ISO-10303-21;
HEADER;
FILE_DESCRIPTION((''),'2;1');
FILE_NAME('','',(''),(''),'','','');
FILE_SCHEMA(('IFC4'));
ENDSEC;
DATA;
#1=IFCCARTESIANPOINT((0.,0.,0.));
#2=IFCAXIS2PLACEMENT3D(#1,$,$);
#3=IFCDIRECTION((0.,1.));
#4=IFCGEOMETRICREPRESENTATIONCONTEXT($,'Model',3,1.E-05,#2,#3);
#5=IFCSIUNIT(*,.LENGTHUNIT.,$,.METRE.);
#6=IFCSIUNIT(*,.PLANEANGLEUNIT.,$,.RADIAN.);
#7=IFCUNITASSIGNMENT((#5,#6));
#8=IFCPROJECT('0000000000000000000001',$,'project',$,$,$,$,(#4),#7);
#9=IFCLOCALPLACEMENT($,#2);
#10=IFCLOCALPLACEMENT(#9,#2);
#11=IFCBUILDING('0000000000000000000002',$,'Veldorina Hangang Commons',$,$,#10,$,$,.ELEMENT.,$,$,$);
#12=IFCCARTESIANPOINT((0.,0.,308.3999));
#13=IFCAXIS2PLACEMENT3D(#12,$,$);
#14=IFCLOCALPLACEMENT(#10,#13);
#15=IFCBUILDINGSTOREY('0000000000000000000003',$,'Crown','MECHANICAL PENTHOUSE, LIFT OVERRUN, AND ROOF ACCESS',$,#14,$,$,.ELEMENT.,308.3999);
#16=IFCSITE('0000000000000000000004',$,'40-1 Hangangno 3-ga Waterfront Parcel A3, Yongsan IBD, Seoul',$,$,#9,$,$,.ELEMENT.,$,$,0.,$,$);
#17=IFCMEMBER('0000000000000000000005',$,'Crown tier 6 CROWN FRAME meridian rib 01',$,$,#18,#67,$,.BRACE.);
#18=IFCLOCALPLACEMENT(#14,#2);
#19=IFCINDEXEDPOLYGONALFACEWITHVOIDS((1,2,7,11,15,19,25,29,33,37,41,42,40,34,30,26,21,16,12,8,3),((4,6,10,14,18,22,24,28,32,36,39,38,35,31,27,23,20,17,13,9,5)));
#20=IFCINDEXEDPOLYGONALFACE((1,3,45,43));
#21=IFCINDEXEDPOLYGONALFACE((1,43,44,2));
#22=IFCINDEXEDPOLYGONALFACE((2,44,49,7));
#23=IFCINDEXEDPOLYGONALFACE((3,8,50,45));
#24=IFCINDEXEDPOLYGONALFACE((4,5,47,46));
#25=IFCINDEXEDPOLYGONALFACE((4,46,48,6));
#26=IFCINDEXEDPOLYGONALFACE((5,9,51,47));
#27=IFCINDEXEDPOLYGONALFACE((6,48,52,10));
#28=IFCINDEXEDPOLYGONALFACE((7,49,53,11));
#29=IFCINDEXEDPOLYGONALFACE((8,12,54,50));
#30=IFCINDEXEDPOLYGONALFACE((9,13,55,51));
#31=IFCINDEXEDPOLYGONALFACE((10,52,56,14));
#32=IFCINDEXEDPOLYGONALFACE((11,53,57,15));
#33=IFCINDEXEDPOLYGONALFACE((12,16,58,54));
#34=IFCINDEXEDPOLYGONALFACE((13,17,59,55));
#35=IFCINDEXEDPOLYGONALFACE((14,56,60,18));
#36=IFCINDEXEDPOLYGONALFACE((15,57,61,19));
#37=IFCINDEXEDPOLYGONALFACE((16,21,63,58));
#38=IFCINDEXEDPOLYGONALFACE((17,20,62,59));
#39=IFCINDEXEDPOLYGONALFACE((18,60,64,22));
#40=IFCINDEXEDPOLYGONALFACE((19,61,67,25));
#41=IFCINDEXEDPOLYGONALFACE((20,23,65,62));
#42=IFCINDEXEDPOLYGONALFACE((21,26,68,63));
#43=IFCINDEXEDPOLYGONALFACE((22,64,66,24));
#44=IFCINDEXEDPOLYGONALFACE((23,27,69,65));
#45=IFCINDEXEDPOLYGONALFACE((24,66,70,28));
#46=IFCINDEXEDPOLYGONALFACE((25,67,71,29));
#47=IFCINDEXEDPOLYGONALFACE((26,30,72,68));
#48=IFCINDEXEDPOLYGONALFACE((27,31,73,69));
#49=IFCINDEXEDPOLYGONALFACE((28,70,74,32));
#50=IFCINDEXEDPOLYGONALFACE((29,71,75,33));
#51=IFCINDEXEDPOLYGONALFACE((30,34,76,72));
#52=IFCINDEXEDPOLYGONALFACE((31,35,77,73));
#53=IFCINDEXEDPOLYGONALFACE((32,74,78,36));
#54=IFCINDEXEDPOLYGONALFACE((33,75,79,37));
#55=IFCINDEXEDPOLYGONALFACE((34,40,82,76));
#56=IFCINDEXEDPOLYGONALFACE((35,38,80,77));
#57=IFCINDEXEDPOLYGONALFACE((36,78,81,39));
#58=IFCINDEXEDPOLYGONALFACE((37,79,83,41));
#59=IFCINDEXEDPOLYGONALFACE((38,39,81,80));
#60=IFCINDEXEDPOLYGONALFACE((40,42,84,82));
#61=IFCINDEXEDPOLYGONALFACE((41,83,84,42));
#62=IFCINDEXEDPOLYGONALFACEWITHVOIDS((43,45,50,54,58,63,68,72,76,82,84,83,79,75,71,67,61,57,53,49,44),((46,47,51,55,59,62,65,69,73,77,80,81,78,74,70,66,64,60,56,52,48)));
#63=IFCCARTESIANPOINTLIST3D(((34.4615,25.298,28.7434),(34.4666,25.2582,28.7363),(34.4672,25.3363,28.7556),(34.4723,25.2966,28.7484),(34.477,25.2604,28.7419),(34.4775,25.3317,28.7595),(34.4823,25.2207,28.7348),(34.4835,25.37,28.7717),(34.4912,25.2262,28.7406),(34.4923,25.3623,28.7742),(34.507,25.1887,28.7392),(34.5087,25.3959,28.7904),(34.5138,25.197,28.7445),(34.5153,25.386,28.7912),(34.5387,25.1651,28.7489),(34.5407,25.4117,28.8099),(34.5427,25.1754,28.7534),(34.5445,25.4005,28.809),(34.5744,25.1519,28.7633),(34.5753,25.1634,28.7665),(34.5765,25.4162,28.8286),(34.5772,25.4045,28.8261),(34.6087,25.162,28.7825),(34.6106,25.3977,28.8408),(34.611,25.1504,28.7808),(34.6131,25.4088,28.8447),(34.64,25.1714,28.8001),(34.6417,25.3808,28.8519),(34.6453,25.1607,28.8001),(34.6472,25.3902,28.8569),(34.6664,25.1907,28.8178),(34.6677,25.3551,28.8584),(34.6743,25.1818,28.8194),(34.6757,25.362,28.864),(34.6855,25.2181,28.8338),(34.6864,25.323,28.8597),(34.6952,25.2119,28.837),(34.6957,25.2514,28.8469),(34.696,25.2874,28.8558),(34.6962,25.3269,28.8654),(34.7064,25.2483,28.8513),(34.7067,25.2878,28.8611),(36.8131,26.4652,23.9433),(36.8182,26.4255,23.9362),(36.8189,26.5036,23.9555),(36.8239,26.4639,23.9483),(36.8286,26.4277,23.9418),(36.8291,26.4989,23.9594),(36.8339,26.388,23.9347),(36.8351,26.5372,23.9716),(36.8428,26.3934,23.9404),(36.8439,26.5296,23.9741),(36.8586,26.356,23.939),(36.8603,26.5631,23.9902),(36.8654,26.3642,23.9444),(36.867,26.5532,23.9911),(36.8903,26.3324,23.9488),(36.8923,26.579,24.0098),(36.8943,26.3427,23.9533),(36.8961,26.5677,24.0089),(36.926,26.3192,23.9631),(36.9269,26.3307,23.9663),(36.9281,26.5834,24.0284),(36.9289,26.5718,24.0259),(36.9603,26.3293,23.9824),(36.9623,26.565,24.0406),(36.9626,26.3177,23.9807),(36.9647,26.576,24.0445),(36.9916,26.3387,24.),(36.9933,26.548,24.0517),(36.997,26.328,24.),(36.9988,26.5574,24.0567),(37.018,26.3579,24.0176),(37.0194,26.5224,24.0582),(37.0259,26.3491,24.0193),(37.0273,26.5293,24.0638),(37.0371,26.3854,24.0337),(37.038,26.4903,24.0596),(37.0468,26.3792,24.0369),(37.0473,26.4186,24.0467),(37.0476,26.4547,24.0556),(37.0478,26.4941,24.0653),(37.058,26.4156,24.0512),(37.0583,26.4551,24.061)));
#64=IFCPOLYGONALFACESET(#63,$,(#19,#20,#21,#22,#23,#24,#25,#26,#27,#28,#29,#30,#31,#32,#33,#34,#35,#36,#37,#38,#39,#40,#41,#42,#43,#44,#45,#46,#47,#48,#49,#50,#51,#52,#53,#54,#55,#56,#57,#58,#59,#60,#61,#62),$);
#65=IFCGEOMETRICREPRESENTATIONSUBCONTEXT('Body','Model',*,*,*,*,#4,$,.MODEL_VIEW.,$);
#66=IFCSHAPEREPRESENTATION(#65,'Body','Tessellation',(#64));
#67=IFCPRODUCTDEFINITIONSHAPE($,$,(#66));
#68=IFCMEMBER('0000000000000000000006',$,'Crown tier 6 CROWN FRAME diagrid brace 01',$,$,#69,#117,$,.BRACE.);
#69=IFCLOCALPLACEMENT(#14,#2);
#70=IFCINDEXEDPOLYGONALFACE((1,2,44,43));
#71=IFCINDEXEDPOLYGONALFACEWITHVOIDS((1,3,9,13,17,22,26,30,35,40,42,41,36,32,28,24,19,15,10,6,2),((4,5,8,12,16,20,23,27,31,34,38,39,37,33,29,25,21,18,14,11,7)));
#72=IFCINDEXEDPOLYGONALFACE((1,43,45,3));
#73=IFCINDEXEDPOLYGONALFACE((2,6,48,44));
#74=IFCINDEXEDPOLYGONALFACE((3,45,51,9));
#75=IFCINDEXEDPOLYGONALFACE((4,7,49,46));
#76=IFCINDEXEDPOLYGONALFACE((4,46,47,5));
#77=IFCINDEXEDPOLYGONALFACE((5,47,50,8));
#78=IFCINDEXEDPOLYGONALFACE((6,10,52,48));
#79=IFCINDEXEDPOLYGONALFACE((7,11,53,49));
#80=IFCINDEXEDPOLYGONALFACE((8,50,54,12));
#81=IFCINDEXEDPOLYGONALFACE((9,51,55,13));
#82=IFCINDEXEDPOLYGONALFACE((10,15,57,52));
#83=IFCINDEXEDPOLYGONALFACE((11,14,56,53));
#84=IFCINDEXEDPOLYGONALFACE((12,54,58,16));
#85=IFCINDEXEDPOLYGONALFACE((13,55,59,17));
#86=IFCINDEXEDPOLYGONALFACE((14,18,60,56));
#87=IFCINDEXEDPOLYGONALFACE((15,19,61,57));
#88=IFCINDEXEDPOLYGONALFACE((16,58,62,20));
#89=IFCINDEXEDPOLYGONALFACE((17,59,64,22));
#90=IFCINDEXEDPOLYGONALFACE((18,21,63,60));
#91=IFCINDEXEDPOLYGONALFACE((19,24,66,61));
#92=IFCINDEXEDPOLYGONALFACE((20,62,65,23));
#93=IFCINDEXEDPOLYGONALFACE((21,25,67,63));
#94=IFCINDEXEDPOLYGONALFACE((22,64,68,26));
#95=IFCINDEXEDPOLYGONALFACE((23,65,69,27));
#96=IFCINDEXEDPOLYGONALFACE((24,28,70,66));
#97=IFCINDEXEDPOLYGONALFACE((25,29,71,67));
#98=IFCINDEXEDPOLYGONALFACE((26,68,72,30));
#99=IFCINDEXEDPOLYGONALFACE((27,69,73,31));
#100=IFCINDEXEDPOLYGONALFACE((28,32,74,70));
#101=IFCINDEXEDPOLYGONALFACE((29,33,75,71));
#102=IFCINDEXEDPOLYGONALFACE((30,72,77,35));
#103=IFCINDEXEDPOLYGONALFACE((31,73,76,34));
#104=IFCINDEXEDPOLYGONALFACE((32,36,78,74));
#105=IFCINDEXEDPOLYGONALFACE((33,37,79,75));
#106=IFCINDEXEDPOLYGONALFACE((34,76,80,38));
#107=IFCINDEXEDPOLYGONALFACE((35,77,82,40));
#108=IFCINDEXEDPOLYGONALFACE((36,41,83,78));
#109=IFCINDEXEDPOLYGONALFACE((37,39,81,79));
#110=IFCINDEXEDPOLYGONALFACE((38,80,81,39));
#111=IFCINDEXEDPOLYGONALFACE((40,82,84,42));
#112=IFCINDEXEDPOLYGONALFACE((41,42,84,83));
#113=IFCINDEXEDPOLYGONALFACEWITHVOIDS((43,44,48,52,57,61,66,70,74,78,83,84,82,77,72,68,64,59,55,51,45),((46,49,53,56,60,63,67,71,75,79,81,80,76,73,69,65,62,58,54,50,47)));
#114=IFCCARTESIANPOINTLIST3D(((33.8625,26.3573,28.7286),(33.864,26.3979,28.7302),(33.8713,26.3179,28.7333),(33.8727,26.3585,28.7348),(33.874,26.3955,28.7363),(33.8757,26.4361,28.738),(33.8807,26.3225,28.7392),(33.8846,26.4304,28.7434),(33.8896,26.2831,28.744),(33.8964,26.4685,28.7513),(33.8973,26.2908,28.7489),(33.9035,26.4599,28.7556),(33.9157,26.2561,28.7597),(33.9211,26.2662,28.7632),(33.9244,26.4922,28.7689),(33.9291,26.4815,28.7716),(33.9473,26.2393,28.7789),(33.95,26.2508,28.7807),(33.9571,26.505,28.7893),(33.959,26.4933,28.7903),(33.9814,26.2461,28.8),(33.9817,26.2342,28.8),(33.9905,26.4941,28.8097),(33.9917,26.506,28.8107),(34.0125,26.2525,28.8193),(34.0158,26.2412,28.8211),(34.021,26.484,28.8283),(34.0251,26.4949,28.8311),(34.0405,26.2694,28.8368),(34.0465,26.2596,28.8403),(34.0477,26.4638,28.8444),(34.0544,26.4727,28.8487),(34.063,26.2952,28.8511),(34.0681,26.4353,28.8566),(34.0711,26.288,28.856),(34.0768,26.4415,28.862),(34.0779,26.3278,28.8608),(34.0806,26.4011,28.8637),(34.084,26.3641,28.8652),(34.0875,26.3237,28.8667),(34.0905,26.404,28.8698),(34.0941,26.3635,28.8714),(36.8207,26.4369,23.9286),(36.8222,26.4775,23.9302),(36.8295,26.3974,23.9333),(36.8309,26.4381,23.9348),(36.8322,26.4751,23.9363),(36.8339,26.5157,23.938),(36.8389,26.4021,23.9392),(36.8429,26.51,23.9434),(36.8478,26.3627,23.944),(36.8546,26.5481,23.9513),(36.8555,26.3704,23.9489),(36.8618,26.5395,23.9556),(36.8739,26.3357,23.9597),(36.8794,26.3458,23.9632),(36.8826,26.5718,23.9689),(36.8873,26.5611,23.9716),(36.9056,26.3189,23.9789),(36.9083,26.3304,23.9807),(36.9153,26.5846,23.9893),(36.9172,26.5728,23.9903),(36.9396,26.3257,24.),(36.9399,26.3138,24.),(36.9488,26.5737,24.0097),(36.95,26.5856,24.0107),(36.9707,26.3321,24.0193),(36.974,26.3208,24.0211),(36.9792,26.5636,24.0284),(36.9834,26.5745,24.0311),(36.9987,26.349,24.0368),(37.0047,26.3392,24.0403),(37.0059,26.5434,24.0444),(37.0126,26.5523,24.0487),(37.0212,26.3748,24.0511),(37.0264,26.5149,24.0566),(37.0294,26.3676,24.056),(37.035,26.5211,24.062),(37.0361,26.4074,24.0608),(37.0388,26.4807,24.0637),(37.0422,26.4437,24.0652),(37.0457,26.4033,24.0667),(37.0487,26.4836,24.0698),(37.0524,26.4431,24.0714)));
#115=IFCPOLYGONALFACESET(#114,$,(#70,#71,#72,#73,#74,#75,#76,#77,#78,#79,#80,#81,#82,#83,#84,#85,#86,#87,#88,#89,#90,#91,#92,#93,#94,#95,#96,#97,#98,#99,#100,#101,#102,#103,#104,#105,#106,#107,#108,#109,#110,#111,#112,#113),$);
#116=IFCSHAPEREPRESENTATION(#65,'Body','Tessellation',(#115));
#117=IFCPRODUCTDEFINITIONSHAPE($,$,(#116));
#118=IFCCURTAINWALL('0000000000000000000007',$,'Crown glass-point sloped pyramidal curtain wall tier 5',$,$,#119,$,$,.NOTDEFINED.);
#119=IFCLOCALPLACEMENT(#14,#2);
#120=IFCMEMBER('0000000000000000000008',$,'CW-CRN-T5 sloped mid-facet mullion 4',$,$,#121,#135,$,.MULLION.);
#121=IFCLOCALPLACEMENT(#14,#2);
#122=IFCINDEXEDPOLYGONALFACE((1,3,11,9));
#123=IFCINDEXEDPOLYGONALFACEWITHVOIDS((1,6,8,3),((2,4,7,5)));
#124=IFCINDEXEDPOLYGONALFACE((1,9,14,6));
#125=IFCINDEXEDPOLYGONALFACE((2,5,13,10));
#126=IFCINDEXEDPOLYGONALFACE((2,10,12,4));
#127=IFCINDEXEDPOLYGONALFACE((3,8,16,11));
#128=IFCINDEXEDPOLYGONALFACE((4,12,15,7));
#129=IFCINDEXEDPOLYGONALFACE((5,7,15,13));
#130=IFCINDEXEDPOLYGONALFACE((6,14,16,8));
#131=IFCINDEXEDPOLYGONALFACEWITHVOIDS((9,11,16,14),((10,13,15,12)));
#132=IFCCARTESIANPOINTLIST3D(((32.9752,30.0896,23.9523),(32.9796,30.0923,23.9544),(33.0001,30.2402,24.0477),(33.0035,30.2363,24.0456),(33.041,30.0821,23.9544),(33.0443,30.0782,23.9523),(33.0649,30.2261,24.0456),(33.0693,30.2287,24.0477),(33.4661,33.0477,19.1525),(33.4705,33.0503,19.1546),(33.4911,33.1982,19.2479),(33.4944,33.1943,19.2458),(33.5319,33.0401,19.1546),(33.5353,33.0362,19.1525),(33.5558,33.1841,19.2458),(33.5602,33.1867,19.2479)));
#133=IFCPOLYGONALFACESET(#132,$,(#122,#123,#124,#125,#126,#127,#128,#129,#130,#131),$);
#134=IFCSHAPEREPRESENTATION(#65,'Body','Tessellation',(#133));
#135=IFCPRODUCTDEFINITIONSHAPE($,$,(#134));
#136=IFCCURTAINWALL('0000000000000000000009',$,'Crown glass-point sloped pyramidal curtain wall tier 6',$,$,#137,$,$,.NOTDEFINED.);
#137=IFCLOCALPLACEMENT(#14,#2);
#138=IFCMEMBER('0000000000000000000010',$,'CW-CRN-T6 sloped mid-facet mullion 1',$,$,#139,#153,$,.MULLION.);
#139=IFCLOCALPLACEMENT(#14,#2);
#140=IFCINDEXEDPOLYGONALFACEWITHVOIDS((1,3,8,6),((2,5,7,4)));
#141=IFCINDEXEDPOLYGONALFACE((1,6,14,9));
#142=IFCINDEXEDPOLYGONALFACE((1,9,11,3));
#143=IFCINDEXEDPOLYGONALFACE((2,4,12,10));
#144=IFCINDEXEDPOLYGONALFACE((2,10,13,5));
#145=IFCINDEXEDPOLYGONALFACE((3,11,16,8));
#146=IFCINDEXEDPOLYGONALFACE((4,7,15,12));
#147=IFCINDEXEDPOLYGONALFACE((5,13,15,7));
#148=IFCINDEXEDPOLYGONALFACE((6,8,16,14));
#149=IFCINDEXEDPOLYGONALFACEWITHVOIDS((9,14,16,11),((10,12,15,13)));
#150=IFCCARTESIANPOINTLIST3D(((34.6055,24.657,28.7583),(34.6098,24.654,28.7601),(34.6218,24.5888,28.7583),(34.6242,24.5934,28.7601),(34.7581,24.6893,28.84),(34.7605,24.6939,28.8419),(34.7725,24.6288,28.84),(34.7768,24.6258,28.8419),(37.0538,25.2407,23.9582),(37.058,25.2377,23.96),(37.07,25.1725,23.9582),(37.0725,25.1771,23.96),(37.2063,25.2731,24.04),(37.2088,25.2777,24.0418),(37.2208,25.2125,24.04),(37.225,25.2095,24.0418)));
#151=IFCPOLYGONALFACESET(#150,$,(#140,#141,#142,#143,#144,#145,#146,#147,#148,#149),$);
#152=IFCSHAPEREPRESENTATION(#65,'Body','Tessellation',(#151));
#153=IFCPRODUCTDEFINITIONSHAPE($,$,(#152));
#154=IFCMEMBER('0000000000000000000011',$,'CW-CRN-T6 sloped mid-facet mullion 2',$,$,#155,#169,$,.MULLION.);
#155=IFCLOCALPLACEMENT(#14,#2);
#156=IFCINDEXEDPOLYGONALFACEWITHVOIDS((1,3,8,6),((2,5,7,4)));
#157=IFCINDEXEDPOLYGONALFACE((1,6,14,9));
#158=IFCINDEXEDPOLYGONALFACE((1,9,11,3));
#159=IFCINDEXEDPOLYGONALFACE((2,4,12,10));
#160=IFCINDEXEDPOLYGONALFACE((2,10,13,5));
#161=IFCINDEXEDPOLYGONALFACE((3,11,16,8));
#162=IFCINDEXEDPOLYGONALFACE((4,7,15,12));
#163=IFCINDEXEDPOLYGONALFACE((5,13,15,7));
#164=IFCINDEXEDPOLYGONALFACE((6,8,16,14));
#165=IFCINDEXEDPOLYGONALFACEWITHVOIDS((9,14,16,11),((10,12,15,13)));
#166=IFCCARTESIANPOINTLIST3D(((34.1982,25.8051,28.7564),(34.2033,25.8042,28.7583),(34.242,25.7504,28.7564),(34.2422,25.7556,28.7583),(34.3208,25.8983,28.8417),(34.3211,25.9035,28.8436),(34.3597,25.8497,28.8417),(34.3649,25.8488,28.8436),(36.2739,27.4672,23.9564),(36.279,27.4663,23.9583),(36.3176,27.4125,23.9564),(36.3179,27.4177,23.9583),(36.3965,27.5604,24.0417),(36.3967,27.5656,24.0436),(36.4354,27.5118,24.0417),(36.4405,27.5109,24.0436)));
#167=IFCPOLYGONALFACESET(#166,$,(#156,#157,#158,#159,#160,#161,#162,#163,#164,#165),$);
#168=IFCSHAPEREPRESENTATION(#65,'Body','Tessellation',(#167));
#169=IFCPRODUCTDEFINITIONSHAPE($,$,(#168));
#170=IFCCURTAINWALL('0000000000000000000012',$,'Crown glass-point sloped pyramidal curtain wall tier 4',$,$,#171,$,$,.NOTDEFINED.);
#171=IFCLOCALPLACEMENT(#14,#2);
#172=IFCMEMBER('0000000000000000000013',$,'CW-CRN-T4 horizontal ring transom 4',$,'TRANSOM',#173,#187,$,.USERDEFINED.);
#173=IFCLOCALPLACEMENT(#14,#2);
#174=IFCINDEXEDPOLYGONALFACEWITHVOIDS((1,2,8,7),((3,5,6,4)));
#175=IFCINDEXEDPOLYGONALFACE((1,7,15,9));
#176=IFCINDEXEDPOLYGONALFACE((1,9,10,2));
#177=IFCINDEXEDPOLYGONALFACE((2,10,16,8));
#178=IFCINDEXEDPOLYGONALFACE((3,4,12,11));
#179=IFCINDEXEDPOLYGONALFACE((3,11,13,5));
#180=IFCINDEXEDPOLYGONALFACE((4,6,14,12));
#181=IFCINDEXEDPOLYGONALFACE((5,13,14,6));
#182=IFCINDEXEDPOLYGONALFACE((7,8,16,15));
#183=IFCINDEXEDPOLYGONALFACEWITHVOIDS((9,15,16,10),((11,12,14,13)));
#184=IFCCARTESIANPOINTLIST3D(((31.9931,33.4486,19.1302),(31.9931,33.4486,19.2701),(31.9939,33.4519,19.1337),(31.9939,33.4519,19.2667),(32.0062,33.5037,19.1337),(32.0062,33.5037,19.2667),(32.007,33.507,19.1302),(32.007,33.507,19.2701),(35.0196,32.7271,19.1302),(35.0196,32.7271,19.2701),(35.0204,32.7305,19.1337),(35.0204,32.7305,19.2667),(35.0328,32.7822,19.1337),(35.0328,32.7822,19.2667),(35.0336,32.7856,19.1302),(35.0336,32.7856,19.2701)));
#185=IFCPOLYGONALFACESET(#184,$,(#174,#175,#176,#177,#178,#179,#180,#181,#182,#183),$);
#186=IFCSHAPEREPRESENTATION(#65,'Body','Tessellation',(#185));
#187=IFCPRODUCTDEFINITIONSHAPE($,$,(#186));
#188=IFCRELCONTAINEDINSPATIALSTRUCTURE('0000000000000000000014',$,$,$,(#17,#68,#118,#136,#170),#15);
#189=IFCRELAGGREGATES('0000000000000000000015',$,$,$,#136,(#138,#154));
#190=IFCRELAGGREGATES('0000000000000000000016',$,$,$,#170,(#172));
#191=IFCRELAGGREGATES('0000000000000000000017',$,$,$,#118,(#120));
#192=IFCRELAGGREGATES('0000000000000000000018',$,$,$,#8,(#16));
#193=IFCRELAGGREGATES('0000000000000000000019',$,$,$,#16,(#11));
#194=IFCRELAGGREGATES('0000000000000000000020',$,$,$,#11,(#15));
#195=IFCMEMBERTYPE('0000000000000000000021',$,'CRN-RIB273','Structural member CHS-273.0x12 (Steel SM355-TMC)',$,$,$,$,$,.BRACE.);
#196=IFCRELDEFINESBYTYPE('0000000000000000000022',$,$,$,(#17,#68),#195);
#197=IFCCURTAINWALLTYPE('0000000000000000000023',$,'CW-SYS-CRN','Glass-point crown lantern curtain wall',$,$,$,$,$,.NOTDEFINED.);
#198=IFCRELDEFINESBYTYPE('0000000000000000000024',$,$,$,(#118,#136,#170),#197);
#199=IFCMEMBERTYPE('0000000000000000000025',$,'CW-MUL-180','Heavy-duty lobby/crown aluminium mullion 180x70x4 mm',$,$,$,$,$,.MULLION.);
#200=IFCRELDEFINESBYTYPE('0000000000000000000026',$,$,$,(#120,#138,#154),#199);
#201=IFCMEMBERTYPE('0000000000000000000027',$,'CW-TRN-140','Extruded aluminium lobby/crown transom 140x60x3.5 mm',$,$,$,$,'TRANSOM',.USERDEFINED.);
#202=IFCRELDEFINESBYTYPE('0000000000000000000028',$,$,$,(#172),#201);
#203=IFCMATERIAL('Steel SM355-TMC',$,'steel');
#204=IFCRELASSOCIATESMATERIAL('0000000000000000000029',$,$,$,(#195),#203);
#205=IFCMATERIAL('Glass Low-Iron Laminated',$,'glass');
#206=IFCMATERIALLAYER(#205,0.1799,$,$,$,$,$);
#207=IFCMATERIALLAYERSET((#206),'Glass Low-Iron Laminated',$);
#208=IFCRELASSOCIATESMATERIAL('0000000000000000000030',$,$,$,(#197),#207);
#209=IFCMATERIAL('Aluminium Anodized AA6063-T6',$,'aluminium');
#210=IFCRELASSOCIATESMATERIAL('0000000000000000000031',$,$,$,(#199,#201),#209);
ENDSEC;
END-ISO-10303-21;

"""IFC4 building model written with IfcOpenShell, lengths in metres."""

from ifc_helpers import new_model, si_unit, direction, frame, origin, origin_2d, place, context, subcontext, project, spatial, hollow_rectangle, hollow_circle, extrude, material, layer, layer_set, material_profile, profile_set, type_object, element, aggregate, save


model = new_model("IFC4")

# Units and contexts
model_context = context("Model", 3, precision=1e-05, world=origin(), true_north=direction((0.0, 1.0)))
body_context = subcontext(model_context, "Body", "Model", "MODEL_VIEW")
ifc_project = project(units=[si_unit("LENGTHUNIT", "METRE"), si_unit("PLANEANGLEUNIT", "RADIAN")], contexts=[model_context])

# Site, building, storey
site_placement = place(None, origin())
site = spatial("IfcSite", under=ifc_project, at=site_placement, Name="40-1 Hangangno 3-ga Waterfront Parcel A3, Yongsan IBD, Seoul", CompositionType="ELEMENT", RefElevation=0.0)
building_placement = place(site_placement, origin())
building = spatial("IfcBuilding", under=site, at=building_placement, Name="Veldorina Hangang Commons", CompositionType="ELEMENT")
storey_placement = place(building_placement, frame((0.0, 0.0, 308.3999)))
storey = spatial("IfcBuildingStorey", under=building, at=storey_placement, Name="Crown", Description="MECHANICAL PENTHOUSE, LIFT OVERRUN, AND ROOF ACCESS", CompositionType="ELEMENT", Elevation=308.3999)

# Members
ifc_material_1 = material(Name="Steel SM355-TMC", Category="steel")
ifc_material_profile_1 = material_profile(ifc_material_1, hollow_circle(Radius=0.1365, WallThickness=0.012, at=origin_2d()), Name="CHS-273.0x12")
ifc_profile_set_1 = profile_set([ifc_material_profile_1], Name="Steel SM355-TMC")
member_type_1 = type_object("IfcMemberType", Name="CRN-RIB273", Description="Structural member CHS-273.0x12 (Steel SM355-TMC)", PredefinedType="BRACE", material=ifc_profile_set_1)
member_1_placement = place(storey_placement, frame((36.9363, 26.4502, 24.0), z_axis=(-0.429817, -0.213346, 0.877349), x_axis=(0.444608, -0.895725, 0.0)))
element("IfcMember", 1, at=member_1_placement, inside=storey, type_object=member_type_1, Name="Crown tier 6 CROWN FRAME meridian rib 01", PredefinedType="BRACE", context=body_context, shape_type="SweptSolid", body=[
    extrude(hollow_circle(Radius=0.1365, WallThickness=0.012, at=origin_2d()), origin(), (0.0, 0.0, 1.0), 5.4712),
])
member_2_placement = place(storey_placement, frame((36.9363, 26.4502, 24.0), z_axis=(-0.524608, -0.014114, 0.851227), x_axis=(0.026895, -0.999638, 0.0)))
element("IfcMember", 2, at=member_2_placement, inside=storey, type_object=member_type_1, Name="Crown tier 6 CROWN FRAME diagrid brace 01", PredefinedType="BRACE", context=body_context, shape_type="SweptSolid", body=[
    extrude(hollow_circle(Radius=0.1365, WallThickness=0.012, at=origin_2d()), origin(), (0.0, 0.0, 1.0), 5.6389),
])

# Curtain wall, member
ifc_material_2 = material(Name="Glass Low-Iron Laminated", Category="glass")
ifc_layer_1 = layer(ifc_material_2, 0.1799)
ifc_layer_set_1 = layer_set([ifc_layer_1], Name="Glass Low-Iron Laminated")
curtain_wall_type = type_object("IfcCurtainWallType", Name="CW-SYS-CRN", Description="Glass-point crown lantern curtain wall", PredefinedType="NOTDEFINED", material=ifc_layer_set_1)
curtain_wall_1_placement = place(storey_placement, origin())
curtain_wall_1 = element("IfcCurtainWall", 3, at=curtain_wall_1_placement, inside=storey, type_object=curtain_wall_type, Name="Crown glass-point sloped pyramidal curtain wall tier 5", PredefinedType="NOTDEFINED")
ifc_material_3 = material(Name="Aluminium Anodized AA6063-T6", Category="aluminium")
ifc_material_profile_2 = material_profile(ifc_material_3, hollow_rectangle(XDim=0.0701, YDim=0.1799, WallThickness=0.0039, at=origin_2d()), Name="ALU-RHS-180x70x4")
ifc_profile_set_2 = profile_set([ifc_material_profile_2], Name="Aluminium Anodized AA6063-T6")
member_type_2 = type_object("IfcMemberType", Name="CW-MUL-180", Description="Heavy-duty lobby/crown aluminium mullion 180x70x4 mm", PredefinedType="MULLION", material=ifc_profile_set_2)
member_3_placement = place(storey_placement, frame((33.5132, 33.1172, 19.2002), z_axis=(-0.086752, -0.52267, 0.84811), x_axis=(0.986504, -0.163739, 0.0)))
member_3 = element("IfcMember", 4, at=member_3_placement, type_object=member_type_2, Name="CW-CRN-T5 sloped mid-facet mullion 4", PredefinedType="MULLION", context=body_context, shape_type="SweptSolid", body=[
    extrude(hollow_rectangle(XDim=0.0701, YDim=0.1799, WallThickness=0.0039, at=origin_2d()), origin(), (0.0, 0.0, 1.0), 5.6594),
])

# Curtain walls, members
curtain_wall_2_placement = place(storey_placement, origin())
curtain_wall_2 = element("IfcCurtainWall", 5, at=curtain_wall_2_placement, inside=storey, type_object=curtain_wall_type, Name="Crown glass-point sloped pyramidal curtain wall tier 6", PredefinedType="NOTDEFINED")
member_4_placement = place(storey_placement, frame((37.1394, 25.2251, 24.0), z_axis=(-0.451715, -0.107704, 0.885637), x_axis=(0.231931, -0.972732, 0.0)))
member_4 = element("IfcMember", 6, at=member_4_placement, type_object=member_type_2, Name="CW-CRN-T6 sloped mid-facet mullion 1", PredefinedType="MULLION", context=body_context, shape_type="SweptSolid", body=[
    extrude(hollow_rectangle(XDim=0.0701, YDim=0.1799, WallThickness=0.0039, at=origin_2d()), origin(), (0.0, 0.0, 1.0), 5.4199),
])
member_5_placement = place(storey_placement, frame((36.3572, 27.489, 24.0), z_axis=(-0.378264, -0.302896, 0.87474), x_axis=(0.625053, -0.780582, 0.0)))
member_5 = element("IfcMember", 7, at=member_5_placement, type_object=member_type_2, Name="CW-CRN-T6 sloped mid-facet mullion 2", PredefinedType="MULLION", context=body_context, shape_type="SweptSolid", body=[
    extrude(hollow_rectangle(XDim=0.0701, YDim=0.1799, WallThickness=0.0039, at=origin_2d()), origin(), (0.0, 0.0, 1.0), 5.4873),
])
aggregate(curtain_wall_2, [member_4, member_5])
curtain_wall_3_placement = place(storey_placement, origin())
curtain_wall_3 = element("IfcCurtainWall", 8, at=curtain_wall_3_placement, inside=storey, type_object=curtain_wall_type, Name="Crown glass-point sloped pyramidal curtain wall tier 4", PredefinedType="NOTDEFINED")
ifc_material_profile_3 = material_profile(ifc_material_3, hollow_rectangle(XDim=0.0601, YDim=0.1399, WallThickness=0.0034, at=origin_2d()), Name="ALU-RHS-140x60x3.5")
ifc_profile_set_3 = profile_set([ifc_material_profile_3], Name="Aluminium Anodized AA6063-T6")
member_type_3 = type_object("IfcMemberType", Name="CW-TRN-140", Description="Extruded aluminium lobby/crown transom 140x60x3.5 mm", ElementType="TRANSOM", PredefinedType="USERDEFINED", material=ifc_profile_set_3)
member_6_placement = place(storey_placement, frame((35.0266, 32.7563, 19.2002), z_axis=(-0.972747, 0.231868, 0.0), x_axis=(-0.231868, -0.972747, 0.0)))
member_6 = element("IfcMember", 9, at=member_6_placement, type_object=member_type_3, Name="CW-CRN-T4 horizontal ring transom 4", ObjectType="TRANSOM", PredefinedType="USERDEFINED", context=body_context, shape_type="SweptSolid", body=[
    extrude(hollow_rectangle(XDim=0.0601, YDim=0.1399, WallThickness=0.0034, at=origin_2d()), origin(), (0.0, 0.0, 1.0), 3.1113),
])
aggregate(curtain_wall_3, [member_6])

aggregate(curtain_wall_1, [member_3])

save(model, "model.ifc")
